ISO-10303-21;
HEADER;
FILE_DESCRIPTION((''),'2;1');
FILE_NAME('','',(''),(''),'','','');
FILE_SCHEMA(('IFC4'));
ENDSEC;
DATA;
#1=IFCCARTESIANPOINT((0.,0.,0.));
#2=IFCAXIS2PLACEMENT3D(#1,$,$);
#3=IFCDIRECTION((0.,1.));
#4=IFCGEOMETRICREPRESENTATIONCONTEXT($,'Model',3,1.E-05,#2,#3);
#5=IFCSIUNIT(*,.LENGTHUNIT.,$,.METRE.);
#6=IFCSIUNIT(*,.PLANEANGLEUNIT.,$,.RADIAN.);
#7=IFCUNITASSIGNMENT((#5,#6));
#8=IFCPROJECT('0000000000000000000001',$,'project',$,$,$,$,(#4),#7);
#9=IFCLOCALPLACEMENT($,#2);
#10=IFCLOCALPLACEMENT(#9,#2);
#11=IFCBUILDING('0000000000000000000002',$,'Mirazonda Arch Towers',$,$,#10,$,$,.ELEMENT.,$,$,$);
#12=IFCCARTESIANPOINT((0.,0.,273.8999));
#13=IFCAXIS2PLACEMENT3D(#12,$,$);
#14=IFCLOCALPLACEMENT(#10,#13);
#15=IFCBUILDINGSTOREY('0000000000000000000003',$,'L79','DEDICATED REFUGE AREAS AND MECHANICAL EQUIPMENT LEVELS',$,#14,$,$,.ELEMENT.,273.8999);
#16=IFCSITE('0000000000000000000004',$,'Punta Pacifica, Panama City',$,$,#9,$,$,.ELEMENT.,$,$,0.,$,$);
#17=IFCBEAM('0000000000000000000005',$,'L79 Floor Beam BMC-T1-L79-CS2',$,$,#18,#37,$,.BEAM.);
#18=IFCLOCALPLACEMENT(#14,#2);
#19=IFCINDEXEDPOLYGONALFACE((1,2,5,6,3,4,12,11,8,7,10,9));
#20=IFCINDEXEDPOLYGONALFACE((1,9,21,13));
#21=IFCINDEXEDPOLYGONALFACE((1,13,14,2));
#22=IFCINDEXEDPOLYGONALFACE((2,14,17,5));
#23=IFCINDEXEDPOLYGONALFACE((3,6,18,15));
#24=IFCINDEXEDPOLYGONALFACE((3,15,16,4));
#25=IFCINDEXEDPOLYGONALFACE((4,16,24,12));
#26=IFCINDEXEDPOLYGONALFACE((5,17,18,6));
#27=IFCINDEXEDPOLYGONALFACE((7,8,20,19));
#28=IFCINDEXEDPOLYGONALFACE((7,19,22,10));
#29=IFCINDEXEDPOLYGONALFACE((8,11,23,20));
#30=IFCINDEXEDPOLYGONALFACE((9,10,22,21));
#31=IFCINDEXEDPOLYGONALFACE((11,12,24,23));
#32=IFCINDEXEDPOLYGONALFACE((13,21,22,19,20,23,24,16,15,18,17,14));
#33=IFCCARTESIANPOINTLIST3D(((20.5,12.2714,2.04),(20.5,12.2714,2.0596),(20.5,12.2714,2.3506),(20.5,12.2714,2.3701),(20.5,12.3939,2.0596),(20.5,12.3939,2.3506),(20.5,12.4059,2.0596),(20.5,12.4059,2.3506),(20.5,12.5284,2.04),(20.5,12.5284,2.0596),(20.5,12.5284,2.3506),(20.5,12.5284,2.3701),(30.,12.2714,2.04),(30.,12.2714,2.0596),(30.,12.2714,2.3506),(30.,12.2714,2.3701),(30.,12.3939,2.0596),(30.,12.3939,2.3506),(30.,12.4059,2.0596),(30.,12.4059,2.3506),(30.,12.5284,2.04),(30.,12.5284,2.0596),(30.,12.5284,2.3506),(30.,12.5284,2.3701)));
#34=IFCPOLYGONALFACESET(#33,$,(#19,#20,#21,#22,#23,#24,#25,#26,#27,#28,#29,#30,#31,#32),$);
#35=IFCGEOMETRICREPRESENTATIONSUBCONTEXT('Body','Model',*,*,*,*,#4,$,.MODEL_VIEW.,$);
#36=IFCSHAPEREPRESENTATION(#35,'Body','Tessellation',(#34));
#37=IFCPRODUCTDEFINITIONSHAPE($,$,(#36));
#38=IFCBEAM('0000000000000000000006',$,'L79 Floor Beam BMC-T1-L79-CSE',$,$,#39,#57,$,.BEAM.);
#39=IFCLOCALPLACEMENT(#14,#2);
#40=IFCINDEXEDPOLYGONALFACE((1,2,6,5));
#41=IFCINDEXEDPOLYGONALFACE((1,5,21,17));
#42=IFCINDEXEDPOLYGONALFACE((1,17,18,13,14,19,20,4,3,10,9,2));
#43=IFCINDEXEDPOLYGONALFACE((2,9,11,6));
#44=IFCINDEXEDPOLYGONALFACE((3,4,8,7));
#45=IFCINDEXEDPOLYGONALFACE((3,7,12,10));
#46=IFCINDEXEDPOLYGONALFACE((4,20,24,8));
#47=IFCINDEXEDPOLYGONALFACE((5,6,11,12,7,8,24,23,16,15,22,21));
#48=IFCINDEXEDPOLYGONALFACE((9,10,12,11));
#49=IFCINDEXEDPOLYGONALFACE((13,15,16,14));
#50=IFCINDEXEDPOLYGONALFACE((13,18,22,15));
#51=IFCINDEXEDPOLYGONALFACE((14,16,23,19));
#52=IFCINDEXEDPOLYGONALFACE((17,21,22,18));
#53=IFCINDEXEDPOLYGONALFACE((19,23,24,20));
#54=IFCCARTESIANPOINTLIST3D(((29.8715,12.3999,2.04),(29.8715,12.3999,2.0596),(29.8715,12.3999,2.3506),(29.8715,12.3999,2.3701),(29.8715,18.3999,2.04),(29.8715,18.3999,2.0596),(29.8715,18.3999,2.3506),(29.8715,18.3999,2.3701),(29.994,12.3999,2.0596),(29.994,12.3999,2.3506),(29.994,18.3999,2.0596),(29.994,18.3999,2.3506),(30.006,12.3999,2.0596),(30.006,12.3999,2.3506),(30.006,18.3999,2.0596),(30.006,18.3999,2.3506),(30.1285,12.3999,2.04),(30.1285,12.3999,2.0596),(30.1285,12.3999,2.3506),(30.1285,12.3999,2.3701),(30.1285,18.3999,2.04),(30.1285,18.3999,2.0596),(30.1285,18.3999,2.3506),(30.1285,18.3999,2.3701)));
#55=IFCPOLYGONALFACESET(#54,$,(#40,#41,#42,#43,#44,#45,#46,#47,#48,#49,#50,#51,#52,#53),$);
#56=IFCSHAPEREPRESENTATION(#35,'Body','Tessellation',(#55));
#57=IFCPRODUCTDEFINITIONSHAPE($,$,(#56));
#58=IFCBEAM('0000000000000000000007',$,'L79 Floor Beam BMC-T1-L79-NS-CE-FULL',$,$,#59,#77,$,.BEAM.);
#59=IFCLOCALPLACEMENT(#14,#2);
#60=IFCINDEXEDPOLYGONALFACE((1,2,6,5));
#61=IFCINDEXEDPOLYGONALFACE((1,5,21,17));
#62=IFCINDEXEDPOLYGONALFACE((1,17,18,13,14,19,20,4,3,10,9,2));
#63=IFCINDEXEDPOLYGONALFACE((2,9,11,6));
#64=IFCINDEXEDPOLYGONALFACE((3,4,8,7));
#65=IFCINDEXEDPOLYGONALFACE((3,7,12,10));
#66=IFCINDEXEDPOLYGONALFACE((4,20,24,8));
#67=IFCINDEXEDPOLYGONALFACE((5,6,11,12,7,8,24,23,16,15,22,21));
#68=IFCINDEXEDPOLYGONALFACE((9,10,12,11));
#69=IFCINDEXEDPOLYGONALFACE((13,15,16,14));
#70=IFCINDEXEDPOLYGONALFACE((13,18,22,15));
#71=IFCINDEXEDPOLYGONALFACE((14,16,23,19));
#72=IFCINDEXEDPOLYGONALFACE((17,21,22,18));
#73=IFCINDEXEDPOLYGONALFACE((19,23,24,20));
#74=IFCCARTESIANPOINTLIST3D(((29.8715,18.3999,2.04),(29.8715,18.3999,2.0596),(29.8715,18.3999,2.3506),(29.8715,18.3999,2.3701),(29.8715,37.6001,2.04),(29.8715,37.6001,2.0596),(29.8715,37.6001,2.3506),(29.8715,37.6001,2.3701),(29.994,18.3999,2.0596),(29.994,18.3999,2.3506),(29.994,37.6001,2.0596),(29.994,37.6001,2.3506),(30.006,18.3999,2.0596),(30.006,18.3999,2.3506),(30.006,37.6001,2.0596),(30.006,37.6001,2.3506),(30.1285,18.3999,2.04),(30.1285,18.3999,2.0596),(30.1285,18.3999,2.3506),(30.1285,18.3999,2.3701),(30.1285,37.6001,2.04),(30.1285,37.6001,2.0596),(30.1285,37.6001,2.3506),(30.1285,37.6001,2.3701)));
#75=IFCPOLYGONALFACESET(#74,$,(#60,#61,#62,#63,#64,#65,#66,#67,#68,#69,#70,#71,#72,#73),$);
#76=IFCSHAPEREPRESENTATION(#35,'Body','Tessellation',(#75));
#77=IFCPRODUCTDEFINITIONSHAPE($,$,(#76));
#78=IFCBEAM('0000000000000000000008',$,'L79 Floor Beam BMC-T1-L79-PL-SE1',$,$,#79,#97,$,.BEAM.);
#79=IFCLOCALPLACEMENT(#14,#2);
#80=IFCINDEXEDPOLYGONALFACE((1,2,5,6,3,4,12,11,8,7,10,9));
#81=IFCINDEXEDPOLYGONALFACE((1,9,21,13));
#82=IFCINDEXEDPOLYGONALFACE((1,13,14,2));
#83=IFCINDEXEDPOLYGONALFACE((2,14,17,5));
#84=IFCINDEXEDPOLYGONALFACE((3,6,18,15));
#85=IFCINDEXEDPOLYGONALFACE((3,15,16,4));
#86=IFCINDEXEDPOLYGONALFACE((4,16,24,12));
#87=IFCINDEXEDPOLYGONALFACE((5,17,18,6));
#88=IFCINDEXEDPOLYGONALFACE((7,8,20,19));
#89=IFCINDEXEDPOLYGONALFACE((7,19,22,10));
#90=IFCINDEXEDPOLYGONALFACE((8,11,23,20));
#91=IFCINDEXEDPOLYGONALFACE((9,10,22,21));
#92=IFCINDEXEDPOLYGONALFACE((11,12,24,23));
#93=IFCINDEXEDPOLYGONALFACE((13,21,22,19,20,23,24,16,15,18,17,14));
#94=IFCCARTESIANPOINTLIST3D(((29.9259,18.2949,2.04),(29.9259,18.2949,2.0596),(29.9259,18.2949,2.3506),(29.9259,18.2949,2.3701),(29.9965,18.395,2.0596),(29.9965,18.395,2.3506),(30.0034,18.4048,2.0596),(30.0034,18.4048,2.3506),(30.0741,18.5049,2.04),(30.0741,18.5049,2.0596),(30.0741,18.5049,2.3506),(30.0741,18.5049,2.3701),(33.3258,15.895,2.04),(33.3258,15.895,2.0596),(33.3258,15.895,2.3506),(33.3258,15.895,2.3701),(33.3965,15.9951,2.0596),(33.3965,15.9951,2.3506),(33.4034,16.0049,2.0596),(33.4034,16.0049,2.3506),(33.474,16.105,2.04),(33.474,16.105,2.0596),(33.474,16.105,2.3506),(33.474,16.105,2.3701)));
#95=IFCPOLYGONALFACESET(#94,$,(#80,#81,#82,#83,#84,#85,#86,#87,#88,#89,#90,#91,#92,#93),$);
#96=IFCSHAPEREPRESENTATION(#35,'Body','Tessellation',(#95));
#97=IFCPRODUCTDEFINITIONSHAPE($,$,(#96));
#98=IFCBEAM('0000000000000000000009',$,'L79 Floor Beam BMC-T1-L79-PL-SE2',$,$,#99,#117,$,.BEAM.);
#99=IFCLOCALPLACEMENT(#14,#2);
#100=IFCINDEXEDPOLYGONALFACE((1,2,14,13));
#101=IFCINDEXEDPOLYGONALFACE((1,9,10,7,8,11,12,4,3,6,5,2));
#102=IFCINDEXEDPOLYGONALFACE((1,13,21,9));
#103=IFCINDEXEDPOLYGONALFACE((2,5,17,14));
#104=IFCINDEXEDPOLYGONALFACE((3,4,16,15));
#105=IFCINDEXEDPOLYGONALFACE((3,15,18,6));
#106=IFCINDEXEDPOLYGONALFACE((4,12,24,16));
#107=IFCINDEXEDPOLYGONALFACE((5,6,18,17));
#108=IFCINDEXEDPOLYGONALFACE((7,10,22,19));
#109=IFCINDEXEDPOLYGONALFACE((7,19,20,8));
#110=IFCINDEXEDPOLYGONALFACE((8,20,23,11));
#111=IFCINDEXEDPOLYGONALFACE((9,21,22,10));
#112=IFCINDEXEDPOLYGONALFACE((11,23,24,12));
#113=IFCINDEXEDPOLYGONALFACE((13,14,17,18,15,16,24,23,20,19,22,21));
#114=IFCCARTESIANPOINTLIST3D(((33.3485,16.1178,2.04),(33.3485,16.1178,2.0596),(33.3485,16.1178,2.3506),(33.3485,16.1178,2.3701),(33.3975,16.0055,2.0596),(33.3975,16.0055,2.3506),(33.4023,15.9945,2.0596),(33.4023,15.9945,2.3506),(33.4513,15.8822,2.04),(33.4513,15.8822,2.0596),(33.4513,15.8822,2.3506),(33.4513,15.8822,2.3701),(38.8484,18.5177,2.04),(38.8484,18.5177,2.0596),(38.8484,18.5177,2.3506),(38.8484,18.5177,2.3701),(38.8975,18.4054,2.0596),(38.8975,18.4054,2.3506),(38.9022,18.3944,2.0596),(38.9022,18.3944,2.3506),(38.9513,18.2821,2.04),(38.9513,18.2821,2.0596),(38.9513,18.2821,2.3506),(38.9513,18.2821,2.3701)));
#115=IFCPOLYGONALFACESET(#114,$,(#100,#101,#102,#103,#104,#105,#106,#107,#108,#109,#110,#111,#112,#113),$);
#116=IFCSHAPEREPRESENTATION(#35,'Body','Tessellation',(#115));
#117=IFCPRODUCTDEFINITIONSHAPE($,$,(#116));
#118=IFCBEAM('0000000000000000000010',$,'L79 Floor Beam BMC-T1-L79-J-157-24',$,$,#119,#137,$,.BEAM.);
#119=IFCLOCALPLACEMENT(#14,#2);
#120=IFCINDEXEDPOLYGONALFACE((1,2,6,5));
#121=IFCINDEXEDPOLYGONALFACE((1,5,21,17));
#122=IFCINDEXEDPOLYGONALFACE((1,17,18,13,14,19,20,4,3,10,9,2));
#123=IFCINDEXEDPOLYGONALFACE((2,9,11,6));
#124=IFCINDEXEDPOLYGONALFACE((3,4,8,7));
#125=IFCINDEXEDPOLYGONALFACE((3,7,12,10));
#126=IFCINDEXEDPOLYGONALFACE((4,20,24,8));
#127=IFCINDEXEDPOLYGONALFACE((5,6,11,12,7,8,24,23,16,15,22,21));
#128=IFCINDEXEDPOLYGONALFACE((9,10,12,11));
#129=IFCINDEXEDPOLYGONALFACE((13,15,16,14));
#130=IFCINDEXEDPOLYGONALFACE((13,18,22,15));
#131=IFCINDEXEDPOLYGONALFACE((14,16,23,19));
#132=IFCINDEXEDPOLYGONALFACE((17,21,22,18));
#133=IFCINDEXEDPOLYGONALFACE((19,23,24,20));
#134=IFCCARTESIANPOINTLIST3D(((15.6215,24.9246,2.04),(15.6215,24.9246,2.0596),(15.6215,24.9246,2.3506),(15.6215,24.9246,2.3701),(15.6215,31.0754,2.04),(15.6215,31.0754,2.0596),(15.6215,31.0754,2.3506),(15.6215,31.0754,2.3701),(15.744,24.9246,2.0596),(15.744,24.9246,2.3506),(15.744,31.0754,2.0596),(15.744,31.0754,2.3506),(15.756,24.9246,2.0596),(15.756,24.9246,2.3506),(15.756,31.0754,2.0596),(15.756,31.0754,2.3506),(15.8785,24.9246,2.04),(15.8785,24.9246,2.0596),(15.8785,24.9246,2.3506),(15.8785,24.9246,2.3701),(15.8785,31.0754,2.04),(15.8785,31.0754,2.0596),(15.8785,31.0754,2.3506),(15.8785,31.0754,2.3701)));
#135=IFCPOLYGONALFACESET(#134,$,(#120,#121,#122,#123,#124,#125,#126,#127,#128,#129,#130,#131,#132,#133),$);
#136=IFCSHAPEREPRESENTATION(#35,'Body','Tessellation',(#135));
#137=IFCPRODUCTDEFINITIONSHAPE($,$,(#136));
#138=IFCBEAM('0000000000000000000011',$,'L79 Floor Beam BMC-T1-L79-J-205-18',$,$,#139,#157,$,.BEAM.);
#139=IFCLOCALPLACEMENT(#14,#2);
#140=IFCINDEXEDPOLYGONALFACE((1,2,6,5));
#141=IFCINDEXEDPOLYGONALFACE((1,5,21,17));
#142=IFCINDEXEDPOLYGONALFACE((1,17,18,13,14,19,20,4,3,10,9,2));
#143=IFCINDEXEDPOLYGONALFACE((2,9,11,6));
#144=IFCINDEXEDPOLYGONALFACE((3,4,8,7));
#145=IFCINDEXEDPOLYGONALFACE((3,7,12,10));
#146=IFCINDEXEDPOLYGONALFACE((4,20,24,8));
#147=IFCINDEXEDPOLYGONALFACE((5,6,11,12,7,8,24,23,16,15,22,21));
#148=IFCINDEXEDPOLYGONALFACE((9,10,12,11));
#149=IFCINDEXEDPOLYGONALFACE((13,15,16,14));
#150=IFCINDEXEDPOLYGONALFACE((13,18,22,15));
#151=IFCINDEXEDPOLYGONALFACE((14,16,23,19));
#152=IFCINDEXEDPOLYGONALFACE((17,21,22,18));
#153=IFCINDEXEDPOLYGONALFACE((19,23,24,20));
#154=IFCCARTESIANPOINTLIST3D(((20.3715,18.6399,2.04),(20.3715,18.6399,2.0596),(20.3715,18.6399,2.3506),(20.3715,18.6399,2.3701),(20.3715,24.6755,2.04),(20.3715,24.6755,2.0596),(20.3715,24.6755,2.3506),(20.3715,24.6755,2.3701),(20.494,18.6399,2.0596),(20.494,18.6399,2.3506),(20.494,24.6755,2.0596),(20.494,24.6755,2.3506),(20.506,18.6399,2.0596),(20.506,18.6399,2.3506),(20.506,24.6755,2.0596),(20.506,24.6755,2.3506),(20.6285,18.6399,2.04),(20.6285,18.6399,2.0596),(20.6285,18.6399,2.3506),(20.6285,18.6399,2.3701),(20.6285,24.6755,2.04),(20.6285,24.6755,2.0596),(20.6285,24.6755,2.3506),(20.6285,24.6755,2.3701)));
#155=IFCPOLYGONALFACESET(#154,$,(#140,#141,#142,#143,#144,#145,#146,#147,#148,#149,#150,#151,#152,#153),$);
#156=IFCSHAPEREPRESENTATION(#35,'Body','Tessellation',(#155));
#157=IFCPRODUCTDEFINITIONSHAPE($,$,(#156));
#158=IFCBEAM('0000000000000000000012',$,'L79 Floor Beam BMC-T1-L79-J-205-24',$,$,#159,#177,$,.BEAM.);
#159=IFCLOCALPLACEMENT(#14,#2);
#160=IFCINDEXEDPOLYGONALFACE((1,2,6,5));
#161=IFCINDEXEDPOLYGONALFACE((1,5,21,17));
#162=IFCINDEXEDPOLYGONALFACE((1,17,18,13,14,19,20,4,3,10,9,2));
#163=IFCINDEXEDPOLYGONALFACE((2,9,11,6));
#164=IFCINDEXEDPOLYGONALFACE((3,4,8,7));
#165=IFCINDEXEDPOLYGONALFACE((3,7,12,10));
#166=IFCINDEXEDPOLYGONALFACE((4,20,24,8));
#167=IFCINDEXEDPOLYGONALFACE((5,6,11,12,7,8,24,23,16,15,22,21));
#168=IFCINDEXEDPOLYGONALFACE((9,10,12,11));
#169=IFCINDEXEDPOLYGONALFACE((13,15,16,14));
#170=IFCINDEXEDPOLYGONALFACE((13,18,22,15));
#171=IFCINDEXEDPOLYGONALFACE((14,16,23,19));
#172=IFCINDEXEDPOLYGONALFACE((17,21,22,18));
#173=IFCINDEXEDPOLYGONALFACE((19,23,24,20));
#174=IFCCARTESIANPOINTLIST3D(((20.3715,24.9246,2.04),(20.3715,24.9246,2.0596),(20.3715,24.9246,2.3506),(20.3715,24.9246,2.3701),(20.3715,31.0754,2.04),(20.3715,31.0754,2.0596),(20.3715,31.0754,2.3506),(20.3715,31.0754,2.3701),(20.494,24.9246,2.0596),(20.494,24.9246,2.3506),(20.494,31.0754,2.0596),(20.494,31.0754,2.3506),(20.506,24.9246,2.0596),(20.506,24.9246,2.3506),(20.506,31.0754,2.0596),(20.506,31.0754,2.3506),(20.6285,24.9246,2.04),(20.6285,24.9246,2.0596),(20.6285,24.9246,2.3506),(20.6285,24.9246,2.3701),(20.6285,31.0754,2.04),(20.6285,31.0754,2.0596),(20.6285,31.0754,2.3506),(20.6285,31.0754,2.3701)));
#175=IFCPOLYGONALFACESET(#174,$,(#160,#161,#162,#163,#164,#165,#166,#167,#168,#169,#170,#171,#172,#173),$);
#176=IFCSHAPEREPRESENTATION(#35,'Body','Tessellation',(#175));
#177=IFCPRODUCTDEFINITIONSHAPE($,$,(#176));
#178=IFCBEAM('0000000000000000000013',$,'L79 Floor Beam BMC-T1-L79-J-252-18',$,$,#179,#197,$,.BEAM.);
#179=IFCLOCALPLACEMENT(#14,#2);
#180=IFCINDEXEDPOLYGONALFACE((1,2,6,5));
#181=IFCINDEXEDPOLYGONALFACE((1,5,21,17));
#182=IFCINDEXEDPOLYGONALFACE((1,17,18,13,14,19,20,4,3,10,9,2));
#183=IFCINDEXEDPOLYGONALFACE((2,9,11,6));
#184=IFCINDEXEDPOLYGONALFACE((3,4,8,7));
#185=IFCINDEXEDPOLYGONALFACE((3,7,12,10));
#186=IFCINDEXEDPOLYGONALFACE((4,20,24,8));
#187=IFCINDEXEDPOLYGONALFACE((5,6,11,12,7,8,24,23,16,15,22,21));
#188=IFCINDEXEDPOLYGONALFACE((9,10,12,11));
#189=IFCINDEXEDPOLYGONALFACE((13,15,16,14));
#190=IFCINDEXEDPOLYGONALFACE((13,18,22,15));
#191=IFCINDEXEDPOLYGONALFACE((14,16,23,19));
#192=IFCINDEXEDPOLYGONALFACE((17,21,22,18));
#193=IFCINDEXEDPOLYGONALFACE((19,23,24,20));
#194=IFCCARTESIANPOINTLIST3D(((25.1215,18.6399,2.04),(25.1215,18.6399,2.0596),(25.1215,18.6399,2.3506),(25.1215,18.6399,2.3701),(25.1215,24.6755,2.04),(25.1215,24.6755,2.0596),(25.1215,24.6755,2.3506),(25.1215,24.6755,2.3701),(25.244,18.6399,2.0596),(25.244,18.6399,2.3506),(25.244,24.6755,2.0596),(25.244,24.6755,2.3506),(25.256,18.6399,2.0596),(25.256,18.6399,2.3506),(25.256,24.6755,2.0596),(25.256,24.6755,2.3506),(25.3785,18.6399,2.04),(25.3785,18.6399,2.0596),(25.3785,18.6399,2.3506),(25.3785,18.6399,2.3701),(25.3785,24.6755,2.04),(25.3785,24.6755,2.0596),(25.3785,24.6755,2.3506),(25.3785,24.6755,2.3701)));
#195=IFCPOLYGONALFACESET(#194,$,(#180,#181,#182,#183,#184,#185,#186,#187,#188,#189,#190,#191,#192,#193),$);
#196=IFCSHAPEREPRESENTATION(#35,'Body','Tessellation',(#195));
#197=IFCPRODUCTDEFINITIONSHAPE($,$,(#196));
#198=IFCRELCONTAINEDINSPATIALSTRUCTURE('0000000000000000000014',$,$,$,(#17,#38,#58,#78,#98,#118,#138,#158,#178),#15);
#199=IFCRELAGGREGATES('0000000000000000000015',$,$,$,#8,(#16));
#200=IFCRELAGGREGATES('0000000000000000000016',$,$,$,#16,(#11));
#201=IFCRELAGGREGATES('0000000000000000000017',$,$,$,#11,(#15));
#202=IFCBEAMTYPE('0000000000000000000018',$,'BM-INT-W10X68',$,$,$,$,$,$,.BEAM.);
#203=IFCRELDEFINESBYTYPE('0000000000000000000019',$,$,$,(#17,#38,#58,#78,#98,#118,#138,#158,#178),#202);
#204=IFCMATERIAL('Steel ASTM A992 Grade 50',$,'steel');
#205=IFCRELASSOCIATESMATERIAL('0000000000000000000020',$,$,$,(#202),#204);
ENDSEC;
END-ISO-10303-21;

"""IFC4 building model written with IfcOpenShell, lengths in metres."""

from ifc_helpers import new_model, si_unit, direction, frame, origin, origin_2d, place, context, subcontext, project, spatial, i_section, extrude, material, material_profile, profile_set, type_object, element, save


model = new_model("IFC4")

# Units and contexts
model_context = context("Model", 3, precision=1e-05, world=origin(), true_north=direction((0.0, 1.0)))
body_context = subcontext(model_context, "Body", "Model", "MODEL_VIEW")
ifc_project = project(units=[si_unit("LENGTHUNIT", "METRE"), si_unit("PLANEANGLEUNIT", "RADIAN")], contexts=[model_context])

# Site, building, storey
site_placement = place(None, origin())
site = spatial("IfcSite", under=ifc_project, at=site_placement, Name="Punta Pacifica, Panama City", CompositionType="ELEMENT", RefElevation=0.0)
building_placement = place(site_placement, origin())
building = spatial("IfcBuilding", under=site, at=building_placement, Name="Mirazonda Arch Towers", CompositionType="ELEMENT")
storey_placement = place(building_placement, frame((0.0, 0.0, 273.8999)))
storey = spatial("IfcBuildingStorey", under=building, at=storey_placement, Name="L79", Description="DEDICATED REFUGE AREAS AND MECHANICAL EQUIPMENT LEVELS", CompositionType="ELEMENT", Elevation=273.8999)

# Beams
ifc_material_1 = material(Name="Steel ASTM A992 Grade 50", Category="steel")
ifc_material_profile_1 = material_profile(ifc_material_1, i_section(OverallWidth=0.2571, OverallDepth=0.3301, WebThickness=0.012, FlangeThickness=0.0195, at=origin_2d()), Name="W10X68")
ifc_profile_set_1 = profile_set([ifc_material_profile_1], Name="Steel ASTM A992 Grade 50")
beam_type_1 = type_object("IfcBeamType", Name="BM-INT-W10X68", PredefinedType="BEAM", material=ifc_profile_set_1)
beam_1_placement = place(storey_placement, frame((20.5, 12.3999, 2.2051), z_axis=(1.0, 0.0, 0.0), x_axis=(0.0, 1.0, 0.0)))
element("IfcBeam", 1, at=beam_1_placement, inside=storey, type_object=beam_type_1, Name="L79 Floor Beam BMC-T1-L79-CS2", PredefinedType="BEAM", context=body_context, shape_type="SweptSolid", body=[
    extrude(i_section(OverallWidth=0.2571, OverallDepth=0.3301, WebThickness=0.012, FlangeThickness=0.0195, at=origin_2d()), origin(), (0.0, 0.0, 1.0), 9.5),
])
beam_2_placement = place(storey_placement, frame((30.0, 12.3999, 2.2051), z_axis=(0.0, 1.0, 0.0), x_axis=(-1.0, 0.0, 0.0)))
element("IfcBeam", 2, at=beam_2_placement, inside=storey, type_object=beam_type_1, Name="L79 Floor Beam BMC-T1-L79-CSE", PredefinedType="BEAM", context=body_context, shape_type="SweptSolid", body=[
    extrude(i_section(OverallWidth=0.2571, OverallDepth=0.3301, WebThickness=0.012, FlangeThickness=0.0195, at=origin_2d()), origin(), (0.0, 0.0, 1.0), 6.0),
])
beam_3_placement = place(storey_placement, frame((30.0, 18.3999, 2.2051), z_axis=(0.0, 1.0, 0.0), x_axis=(-1.0, 0.0, 0.0)))
element("IfcBeam", 3, at=beam_3_placement, inside=storey, type_object=beam_type_1, Name="L79 Floor Beam BMC-T1-L79-NS-CE-FULL", PredefinedType="BEAM", context=body_context, shape_type="SweptSolid", body=[
    extrude(i_section(OverallWidth=0.2571, OverallDepth=0.3301, WebThickness=0.012, FlangeThickness=0.0195, at=origin_2d()), origin(), (0.0, 0.0, 1.0), 19.2002),
])
beam_4_placement = place(storey_placement, frame((33.3999, 16.0, 2.2051), z_axis=(-0.816971, 0.576679, 0.0), x_axis=(-0.576679, -0.816971, 0.0)))
element("IfcBeam", 4, at=beam_4_placement, inside=storey, type_object=beam_type_1, Name="L79 Floor Beam BMC-T1-L79-PL-SE1", PredefinedType="BEAM", context=body_context, shape_type="SweptSolid", body=[
    extrude(i_section(OverallWidth=0.2571, OverallDepth=0.3301, WebThickness=0.012, FlangeThickness=0.0195, at=origin_2d()), origin(), (0.0, 0.0, 1.0), 4.1616),
])
beam_5_placement = place(storey_placement, frame((33.3999, 16.0, 2.2051), z_axis=(0.916545, 0.399931, 0.0), x_axis=(-0.399931, 0.916545, 0.0)))
element("IfcBeam", 5, at=beam_5_placement, inside=storey, type_object=beam_type_1, Name="L79 Floor Beam BMC-T1-L79-PL-SE2", PredefinedType="BEAM", context=body_context, shape_type="SweptSolid", body=[
    extrude(i_section(OverallWidth=0.2571, OverallDepth=0.3301, WebThickness=0.012, FlangeThickness=0.0195, at=origin_2d()), origin(), (0.0, 0.0, 1.0), 6.0007),
])
beam_6_placement = place(storey_placement, frame((15.75, 24.9246, 2.2051), z_axis=(0.0, 1.0, 0.0), x_axis=(-1.0, 0.0, 0.0)))
element("IfcBeam", 6, at=beam_6_placement, inside=storey, type_object=beam_type_1, Name="L79 Floor Beam BMC-T1-L79-J-157-24", PredefinedType="BEAM", context=body_context, shape_type="SweptSolid", body=[
    extrude(i_section(OverallWidth=0.2571, OverallDepth=0.3301, WebThickness=0.012, FlangeThickness=0.0195, at=origin_2d()), origin(), (0.0, 0.0, 1.0), 6.1509),
])
beam_7_placement = place(storey_placement, frame((20.5, 18.6399, 2.2051), z_axis=(0.0, 1.0, 0.0), x_axis=(-1.0, 0.0, 0.0)))
element("IfcBeam", 7, at=beam_7_placement, inside=storey, type_object=beam_type_1, Name="L79 Floor Beam BMC-T1-L79-J-205-18", PredefinedType="BEAM", context=body_context, shape_type="SweptSolid", body=[
    extrude(i_section(OverallWidth=0.2571, OverallDepth=0.3301, WebThickness=0.012, FlangeThickness=0.0195, at=origin_2d()), origin(), (0.0, 0.0, 1.0), 6.0356),
])
beam_8_placement = place(storey_placement, frame((20.5, 24.9246, 2.2051), z_axis=(0.0, 1.0, 0.0), x_axis=(-1.0, 0.0, 0.0)))
element("IfcBeam", 8, at=beam_8_placement, inside=storey, type_object=beam_type_1, Name="L79 Floor Beam BMC-T1-L79-J-205-24", PredefinedType="BEAM", context=body_context, shape_type="SweptSolid", body=[
    extrude(i_section(OverallWidth=0.2571, OverallDepth=0.3301, WebThickness=0.012, FlangeThickness=0.0195, at=origin_2d()), origin(), (0.0, 0.0, 1.0), 6.1509),
])
beam_9_placement = place(storey_placement, frame((25.25, 18.6399, 2.2051), z_axis=(0.0, 1.0, 0.0), x_axis=(-1.0, 0.0, 0.0)))
element("IfcBeam", 9, at=beam_9_placement, inside=storey, type_object=beam_type_1, Name="L79 Floor Beam BMC-T1-L79-J-252-18", PredefinedType="BEAM", context=body_context, shape_type="SweptSolid", body=[
    extrude(i_section(OverallWidth=0.2571, OverallDepth=0.3301, WebThickness=0.012, FlangeThickness=0.0195, at=origin_2d()), origin(), (0.0, 0.0, 1.0), 6.0356),
])

save(model, "model.ifc")
